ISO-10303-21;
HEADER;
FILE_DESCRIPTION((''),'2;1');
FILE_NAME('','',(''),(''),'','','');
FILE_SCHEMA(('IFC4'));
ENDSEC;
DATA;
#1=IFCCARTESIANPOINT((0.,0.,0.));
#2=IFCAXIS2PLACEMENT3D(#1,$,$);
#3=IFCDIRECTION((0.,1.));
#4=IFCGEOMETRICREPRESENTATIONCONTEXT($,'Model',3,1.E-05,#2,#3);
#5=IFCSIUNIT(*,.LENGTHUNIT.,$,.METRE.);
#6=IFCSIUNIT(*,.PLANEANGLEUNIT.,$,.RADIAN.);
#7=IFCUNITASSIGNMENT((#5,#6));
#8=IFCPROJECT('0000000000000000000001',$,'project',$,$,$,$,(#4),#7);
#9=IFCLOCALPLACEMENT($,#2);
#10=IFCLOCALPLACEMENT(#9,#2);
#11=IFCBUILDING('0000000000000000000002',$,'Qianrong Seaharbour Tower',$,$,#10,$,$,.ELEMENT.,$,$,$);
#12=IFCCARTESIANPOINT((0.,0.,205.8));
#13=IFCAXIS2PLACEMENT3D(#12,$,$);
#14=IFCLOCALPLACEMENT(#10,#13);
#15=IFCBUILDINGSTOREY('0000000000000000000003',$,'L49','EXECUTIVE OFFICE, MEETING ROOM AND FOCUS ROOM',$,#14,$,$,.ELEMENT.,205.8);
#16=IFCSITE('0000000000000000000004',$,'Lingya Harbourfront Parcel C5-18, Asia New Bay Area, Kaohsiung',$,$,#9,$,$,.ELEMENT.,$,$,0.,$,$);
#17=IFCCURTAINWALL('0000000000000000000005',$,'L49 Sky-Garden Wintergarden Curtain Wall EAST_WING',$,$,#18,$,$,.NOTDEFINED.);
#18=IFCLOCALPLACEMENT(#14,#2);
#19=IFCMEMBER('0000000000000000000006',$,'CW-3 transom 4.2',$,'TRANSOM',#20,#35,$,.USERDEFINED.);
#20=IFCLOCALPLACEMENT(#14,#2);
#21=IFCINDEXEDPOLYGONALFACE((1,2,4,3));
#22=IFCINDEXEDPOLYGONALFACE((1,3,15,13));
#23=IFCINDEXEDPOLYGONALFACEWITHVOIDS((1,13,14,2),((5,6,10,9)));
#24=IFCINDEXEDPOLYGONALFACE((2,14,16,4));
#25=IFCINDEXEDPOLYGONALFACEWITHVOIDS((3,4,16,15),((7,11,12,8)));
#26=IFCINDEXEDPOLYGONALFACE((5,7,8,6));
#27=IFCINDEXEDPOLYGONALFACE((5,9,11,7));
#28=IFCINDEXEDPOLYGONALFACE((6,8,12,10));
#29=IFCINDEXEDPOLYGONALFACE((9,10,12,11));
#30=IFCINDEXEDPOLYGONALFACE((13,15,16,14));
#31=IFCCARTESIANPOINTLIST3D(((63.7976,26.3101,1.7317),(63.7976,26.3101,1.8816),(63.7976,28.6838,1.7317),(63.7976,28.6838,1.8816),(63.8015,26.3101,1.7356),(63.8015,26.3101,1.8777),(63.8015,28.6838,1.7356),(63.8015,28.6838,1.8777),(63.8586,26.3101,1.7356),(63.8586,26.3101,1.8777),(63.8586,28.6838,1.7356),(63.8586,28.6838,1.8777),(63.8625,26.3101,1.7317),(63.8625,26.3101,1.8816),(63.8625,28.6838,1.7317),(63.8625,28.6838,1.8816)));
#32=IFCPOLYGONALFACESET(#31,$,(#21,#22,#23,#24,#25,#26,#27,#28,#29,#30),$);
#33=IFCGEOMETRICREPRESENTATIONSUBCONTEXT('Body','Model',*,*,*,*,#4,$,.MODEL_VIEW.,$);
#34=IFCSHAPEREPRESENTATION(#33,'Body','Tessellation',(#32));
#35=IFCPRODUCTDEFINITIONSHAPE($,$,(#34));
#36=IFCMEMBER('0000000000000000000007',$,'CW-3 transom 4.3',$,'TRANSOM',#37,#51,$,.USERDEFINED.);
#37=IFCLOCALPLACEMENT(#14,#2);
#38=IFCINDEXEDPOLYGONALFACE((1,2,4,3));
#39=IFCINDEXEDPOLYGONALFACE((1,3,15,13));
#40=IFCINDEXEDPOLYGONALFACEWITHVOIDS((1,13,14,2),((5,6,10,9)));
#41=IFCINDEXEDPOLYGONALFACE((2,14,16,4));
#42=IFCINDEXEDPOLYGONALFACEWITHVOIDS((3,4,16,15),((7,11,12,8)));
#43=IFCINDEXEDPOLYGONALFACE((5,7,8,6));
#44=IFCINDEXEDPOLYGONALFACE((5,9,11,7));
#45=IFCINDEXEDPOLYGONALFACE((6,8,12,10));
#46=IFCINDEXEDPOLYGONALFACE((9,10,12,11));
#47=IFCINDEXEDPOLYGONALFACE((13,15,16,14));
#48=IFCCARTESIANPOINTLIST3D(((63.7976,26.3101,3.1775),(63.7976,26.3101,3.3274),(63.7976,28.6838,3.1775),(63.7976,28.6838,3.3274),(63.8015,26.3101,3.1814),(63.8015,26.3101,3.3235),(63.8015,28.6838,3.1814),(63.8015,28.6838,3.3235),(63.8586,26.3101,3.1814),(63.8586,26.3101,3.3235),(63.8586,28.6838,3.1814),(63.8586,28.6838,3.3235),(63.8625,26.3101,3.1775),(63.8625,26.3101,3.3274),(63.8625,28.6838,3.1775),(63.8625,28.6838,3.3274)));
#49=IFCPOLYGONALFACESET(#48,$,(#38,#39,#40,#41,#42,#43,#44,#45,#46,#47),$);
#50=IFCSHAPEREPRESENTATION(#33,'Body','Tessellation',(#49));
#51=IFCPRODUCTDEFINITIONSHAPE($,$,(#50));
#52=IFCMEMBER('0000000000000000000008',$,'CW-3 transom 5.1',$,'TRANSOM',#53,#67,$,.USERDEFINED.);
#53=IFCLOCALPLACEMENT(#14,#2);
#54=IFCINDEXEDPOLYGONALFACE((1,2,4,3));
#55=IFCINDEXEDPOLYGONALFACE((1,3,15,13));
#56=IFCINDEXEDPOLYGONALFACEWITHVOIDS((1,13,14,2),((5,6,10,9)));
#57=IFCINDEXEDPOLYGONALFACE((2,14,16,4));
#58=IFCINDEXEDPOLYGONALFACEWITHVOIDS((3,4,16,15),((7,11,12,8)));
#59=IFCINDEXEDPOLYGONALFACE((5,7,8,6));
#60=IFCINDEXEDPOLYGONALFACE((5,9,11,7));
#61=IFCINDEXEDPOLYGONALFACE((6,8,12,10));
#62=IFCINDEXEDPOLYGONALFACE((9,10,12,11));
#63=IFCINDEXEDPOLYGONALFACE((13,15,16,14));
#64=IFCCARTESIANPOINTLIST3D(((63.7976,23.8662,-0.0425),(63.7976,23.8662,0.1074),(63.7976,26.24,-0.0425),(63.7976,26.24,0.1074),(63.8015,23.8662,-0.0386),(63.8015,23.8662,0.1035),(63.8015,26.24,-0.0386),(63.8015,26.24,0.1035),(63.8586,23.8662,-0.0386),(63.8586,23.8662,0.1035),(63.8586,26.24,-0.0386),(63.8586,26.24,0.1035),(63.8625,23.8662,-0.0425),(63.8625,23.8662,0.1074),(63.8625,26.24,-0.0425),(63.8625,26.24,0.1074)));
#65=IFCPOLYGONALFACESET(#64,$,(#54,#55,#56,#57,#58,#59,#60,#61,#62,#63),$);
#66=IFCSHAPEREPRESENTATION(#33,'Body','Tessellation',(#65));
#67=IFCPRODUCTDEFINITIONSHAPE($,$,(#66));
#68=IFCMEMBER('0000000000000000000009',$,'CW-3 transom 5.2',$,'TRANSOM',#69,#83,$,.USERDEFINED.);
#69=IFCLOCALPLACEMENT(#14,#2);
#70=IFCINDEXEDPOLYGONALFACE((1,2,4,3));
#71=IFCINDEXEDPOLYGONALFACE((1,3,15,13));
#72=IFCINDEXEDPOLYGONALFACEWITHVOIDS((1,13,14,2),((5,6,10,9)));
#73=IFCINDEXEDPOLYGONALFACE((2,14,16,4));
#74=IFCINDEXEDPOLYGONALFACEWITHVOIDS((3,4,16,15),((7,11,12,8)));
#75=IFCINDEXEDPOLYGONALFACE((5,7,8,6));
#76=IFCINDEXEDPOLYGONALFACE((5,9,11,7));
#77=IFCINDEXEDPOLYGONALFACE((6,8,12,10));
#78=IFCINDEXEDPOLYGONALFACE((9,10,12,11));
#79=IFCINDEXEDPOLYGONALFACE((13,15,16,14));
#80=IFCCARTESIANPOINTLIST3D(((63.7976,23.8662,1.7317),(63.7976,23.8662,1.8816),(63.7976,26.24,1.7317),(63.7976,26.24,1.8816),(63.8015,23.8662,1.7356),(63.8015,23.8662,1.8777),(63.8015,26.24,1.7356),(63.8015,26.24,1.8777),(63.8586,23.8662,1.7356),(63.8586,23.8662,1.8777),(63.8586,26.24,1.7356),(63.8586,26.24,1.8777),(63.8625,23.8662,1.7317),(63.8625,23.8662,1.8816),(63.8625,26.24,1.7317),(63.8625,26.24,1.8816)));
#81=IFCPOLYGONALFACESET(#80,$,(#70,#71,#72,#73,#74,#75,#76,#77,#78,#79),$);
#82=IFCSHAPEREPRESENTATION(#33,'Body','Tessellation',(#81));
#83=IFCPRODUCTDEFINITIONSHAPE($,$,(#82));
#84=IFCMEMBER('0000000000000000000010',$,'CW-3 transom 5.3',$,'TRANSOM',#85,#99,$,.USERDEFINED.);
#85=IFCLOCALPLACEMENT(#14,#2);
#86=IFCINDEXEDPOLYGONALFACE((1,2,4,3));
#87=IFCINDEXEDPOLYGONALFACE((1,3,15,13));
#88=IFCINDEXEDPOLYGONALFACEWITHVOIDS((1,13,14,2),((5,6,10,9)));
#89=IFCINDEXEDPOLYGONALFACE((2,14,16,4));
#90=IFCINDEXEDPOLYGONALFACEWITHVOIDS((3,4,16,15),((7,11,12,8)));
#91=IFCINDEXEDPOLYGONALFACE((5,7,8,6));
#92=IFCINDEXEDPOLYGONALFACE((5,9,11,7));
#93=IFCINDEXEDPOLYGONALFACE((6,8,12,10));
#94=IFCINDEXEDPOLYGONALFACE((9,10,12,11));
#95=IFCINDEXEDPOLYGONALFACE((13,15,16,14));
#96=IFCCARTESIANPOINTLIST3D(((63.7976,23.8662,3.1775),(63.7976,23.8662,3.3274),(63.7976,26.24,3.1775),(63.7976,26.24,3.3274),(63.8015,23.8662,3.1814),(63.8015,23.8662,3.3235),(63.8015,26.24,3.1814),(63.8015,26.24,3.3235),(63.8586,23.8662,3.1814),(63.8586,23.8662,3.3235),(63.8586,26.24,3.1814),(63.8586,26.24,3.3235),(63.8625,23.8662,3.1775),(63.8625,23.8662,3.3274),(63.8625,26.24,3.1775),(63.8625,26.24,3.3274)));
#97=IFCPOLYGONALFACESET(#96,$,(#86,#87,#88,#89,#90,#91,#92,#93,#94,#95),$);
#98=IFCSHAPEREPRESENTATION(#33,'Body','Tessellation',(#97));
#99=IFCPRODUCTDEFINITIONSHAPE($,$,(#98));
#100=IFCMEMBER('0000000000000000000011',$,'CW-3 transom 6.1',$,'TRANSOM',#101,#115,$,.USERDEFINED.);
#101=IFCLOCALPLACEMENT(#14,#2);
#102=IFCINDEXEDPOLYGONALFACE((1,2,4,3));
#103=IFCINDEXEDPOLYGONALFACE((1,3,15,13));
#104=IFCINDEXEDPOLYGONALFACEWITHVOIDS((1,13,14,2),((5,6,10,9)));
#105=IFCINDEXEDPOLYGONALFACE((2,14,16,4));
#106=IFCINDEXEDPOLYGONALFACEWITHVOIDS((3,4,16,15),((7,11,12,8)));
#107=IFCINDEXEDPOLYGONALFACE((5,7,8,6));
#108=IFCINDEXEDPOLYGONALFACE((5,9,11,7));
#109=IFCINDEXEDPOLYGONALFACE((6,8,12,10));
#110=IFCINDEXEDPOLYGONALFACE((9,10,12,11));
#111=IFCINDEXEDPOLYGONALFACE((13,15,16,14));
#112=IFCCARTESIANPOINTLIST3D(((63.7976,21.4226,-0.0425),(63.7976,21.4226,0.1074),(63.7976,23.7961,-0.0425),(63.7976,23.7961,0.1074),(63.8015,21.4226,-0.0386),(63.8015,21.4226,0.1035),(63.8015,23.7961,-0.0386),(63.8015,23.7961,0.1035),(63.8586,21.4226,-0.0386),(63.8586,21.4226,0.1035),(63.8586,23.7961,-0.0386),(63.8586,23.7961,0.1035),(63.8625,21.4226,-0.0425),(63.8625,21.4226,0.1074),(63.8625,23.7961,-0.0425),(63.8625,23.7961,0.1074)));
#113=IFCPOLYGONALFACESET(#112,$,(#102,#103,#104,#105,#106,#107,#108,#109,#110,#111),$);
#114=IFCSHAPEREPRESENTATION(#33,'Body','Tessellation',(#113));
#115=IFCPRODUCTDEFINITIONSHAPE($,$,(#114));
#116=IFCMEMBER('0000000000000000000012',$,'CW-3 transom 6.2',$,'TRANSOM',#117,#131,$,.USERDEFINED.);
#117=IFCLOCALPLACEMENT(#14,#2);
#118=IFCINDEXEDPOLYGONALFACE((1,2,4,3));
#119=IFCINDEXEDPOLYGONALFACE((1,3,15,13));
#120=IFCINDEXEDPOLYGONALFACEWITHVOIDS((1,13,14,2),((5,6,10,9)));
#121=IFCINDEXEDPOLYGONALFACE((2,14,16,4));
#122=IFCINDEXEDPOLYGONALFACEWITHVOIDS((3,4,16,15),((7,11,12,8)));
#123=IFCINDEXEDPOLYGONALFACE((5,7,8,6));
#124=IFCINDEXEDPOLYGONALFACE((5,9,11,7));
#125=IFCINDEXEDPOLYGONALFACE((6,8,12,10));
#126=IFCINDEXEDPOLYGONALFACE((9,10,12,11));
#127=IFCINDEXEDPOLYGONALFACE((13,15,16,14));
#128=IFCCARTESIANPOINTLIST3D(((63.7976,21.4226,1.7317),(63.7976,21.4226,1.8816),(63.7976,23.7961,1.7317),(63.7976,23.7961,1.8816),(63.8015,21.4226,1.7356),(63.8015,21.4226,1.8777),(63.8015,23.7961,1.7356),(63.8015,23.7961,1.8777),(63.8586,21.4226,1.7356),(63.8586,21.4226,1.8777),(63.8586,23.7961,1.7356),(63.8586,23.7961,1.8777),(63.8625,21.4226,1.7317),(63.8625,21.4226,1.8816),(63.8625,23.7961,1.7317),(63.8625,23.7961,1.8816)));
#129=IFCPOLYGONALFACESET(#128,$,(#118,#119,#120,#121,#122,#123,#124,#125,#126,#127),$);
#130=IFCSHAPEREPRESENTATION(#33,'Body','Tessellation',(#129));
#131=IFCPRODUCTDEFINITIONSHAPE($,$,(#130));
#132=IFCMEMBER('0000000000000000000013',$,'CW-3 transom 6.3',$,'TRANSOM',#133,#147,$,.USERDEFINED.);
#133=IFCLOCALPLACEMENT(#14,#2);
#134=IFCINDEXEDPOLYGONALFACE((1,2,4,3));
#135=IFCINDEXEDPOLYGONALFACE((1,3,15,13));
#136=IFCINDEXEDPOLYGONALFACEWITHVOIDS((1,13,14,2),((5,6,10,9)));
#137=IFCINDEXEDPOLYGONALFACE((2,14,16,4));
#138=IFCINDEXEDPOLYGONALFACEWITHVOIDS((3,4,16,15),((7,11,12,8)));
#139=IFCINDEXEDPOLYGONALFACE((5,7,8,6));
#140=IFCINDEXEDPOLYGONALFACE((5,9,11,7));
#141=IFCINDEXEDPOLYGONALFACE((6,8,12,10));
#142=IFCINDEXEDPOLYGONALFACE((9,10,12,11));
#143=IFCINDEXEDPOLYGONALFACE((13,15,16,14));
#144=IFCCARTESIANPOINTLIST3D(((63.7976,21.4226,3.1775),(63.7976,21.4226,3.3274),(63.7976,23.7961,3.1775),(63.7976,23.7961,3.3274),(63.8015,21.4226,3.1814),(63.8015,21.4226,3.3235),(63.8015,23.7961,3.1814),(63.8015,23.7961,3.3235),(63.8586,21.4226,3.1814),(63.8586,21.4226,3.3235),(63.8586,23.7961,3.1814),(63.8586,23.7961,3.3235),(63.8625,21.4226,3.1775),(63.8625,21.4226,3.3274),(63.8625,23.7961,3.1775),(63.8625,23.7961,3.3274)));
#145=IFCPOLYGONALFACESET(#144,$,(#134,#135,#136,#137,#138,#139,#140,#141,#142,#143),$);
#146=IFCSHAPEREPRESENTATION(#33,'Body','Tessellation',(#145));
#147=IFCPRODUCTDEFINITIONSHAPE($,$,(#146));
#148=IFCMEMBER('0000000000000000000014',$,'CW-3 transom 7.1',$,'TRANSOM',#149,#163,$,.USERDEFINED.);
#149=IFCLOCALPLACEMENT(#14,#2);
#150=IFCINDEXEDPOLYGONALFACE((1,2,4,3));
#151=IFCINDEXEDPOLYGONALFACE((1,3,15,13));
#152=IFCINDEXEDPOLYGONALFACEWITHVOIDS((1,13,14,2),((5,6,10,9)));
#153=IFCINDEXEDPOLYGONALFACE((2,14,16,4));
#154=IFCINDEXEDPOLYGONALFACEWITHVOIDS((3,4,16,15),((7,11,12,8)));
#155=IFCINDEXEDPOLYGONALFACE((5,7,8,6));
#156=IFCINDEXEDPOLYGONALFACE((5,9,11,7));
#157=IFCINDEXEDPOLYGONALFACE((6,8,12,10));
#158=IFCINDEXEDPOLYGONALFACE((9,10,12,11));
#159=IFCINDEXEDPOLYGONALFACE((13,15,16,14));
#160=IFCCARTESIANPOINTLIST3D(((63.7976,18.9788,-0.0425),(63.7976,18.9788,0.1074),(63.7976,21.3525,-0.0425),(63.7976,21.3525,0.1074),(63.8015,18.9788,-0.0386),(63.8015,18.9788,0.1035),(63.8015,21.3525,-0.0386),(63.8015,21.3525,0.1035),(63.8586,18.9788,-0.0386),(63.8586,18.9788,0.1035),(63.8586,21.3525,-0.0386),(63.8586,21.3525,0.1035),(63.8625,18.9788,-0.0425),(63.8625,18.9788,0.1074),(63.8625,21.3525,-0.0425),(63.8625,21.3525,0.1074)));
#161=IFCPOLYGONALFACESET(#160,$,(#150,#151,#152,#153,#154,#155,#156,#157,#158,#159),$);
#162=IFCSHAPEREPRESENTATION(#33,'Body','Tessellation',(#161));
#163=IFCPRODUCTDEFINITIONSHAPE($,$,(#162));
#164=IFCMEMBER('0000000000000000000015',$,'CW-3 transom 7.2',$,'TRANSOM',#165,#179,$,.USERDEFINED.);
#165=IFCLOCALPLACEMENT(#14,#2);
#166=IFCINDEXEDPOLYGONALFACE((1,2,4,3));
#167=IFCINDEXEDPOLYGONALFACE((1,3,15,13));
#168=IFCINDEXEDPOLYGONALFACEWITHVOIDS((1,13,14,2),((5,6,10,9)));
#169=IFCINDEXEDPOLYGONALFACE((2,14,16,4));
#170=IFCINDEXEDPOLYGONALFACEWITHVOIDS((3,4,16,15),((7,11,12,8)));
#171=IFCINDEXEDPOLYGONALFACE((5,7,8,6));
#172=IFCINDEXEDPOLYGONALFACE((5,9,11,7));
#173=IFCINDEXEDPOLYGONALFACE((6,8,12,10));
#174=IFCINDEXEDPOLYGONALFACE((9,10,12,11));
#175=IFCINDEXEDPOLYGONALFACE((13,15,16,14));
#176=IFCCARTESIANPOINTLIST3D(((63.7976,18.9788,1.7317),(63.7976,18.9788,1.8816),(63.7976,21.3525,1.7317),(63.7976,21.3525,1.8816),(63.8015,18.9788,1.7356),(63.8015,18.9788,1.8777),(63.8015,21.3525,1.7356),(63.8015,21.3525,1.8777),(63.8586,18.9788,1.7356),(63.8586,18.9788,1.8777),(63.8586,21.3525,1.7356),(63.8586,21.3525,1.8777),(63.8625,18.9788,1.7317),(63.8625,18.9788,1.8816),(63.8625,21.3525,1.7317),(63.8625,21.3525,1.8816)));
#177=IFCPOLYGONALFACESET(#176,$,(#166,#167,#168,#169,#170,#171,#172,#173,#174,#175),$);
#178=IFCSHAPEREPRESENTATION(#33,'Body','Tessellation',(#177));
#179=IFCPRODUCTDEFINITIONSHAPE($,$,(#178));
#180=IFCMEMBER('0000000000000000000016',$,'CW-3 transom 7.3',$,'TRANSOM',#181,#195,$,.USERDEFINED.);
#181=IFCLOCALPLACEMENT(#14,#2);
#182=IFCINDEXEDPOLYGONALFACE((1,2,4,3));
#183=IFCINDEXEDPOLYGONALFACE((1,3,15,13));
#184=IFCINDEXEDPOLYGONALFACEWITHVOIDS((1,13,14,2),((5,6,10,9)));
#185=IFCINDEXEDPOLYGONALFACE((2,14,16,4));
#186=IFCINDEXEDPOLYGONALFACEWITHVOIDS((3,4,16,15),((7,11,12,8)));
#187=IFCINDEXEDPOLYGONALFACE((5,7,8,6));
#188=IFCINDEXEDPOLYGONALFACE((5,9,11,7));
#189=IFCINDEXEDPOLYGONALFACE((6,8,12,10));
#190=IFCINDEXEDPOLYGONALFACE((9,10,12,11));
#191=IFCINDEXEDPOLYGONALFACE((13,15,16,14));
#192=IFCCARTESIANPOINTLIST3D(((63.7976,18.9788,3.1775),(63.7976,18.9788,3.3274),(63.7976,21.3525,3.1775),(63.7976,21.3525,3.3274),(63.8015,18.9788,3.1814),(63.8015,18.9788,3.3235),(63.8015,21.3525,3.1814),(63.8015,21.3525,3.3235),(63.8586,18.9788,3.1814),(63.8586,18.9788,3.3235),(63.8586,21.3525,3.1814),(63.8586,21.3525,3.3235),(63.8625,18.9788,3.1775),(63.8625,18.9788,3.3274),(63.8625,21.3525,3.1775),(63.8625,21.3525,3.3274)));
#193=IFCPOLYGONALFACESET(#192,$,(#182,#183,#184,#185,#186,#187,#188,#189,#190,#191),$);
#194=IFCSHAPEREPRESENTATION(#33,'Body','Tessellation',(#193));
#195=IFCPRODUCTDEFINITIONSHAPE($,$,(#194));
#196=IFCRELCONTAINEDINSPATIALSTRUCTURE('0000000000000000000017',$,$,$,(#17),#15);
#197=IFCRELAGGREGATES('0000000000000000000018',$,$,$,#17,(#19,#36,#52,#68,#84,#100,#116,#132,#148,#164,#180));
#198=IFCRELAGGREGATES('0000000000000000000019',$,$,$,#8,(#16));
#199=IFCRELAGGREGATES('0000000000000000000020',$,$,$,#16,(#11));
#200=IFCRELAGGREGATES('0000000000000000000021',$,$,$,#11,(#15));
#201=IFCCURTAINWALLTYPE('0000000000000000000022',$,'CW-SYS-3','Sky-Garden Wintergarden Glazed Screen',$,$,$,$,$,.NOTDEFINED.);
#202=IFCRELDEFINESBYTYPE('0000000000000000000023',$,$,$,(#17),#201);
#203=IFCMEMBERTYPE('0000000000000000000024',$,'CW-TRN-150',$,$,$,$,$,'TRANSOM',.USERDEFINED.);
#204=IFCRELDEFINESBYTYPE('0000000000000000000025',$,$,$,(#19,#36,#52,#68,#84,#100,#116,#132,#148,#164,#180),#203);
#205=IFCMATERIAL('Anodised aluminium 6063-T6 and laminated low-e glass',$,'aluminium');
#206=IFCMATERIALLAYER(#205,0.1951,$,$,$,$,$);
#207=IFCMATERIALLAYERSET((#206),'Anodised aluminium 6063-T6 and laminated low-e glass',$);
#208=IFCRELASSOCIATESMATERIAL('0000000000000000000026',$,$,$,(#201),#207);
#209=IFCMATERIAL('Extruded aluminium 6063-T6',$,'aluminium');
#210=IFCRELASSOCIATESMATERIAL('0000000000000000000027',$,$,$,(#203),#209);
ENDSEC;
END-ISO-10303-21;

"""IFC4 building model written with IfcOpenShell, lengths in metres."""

from ifc_helpers import new_model, si_unit, direction, frame, origin, origin_2d, place, context, subcontext, project, spatial, hollow_rectangle, extrude, material, layer, layer_set, material_profile, profile_set, type_object, element, aggregate, save


model = new_model("IFC4")

# Units and contexts
model_context = context("Model", 3, precision=1e-05, world=origin(), true_north=direction((0.0, 1.0)))
body_context = subcontext(model_context, "Body", "Model", "MODEL_VIEW")
ifc_project = project(units=[si_unit("LENGTHUNIT", "METRE"), si_unit("PLANEANGLEUNIT", "RADIAN")], contexts=[model_context])

# Site, building, storey
site_placement = place(None, origin())
site = spatial("IfcSite", under=ifc_project, at=site_placement, Name="Lingya Harbourfront Parcel C5-18, Asia New Bay Area, Kaohsiung", CompositionType="ELEMENT", RefElevation=0.0)
building_placement = place(site_placement, origin())
building = spatial("IfcBuilding", under=site, at=building_placement, Name="Qianrong Seaharbour Tower", CompositionType="ELEMENT")
storey_placement = place(building_placement, frame((0.0, 0.0, 205.8)))
storey = spatial("IfcBuildingStorey", under=building, at=storey_placement, Name="L49", Description="EXECUTIVE OFFICE, MEETING ROOM AND FOCUS ROOM", CompositionType="ELEMENT", Elevation=205.8)

# Curtain wall, members
ifc_material_1 = material(Name="Anodised aluminium 6063-T6 and laminated low-e glass", Category="aluminium")
ifc_layer_1 = layer(ifc_material_1, 0.1951)
ifc_layer_set_1 = layer_set([ifc_layer_1], Name="Anodised aluminium 6063-T6 and laminated low-e glass")
curtain_wall_type = type_object("IfcCurtainWallType", Name="CW-SYS-3", Description="Sky-Garden Wintergarden Glazed Screen", PredefinedType="NOTDEFINED", material=ifc_layer_set_1)
curtain_wall_placement = place(storey_placement, origin())
curtain_wall = element("IfcCurtainWall", 1, at=curtain_wall_placement, inside=storey, type_object=curtain_wall_type, Name="L49 Sky-Garden Wintergarden Curtain Wall EAST_WING", PredefinedType="NOTDEFINED")
ifc_material_2 = material(Name="Extruded aluminium 6063-T6", Category="aluminium")
ifc_material_profile_1 = material_profile(ifc_material_2, hollow_rectangle(XDim=0.0649, YDim=0.1499, WallThickness=0.0039, at=origin_2d()), Name="ALU-TRN-150x65x4")
ifc_profile_set_1 = profile_set([ifc_material_profile_1], Name="Extruded aluminium 6063-T6")
member_type_1 = type_object("IfcMemberType", Name="CW-TRN-150", ElementType="TRANSOM", PredefinedType="USERDEFINED", material=ifc_profile_set_1)
member_1_placement = place(storey_placement, frame((63.8301, 28.6838, 1.8066), z_axis=(0.0, -1.0, 0.0), x_axis=(1.0, 0.0, 0.0)))
member_1 = element("IfcMember", 2, at=member_1_placement, type_object=member_type_1, Name="CW-3 transom 4.2", ObjectType="TRANSOM", PredefinedType="USERDEFINED", context=body_context, shape_type="SweptSolid", body=[
    extrude(hollow_rectangle(XDim=0.0649, YDim=0.1499, WallThickness=0.0039, at=origin_2d()), origin(), (0.0, 0.0, 1.0), 2.3738),
])
member_2_placement = place(storey_placement, frame((63.8301, 28.6838, 3.2524), z_axis=(0.0, -1.0, 0.0), x_axis=(1.0, 0.0, 0.0)))
member_2 = element("IfcMember", 3, at=member_2_placement, type_object=member_type_1, Name="CW-3 transom 4.3", ObjectType="TRANSOM", PredefinedType="USERDEFINED", context=body_context, shape_type="SweptSolid", body=[
    extrude(hollow_rectangle(XDim=0.0649, YDim=0.1499, WallThickness=0.0039, at=origin_2d()), origin(), (0.0, 0.0, 1.0), 2.3738),
])
member_3_placement = place(storey_placement, frame((63.8301, 26.24, 0.0325), z_axis=(0.0, -1.0, 0.0), x_axis=(1.0, 0.0, 0.0)))
member_3 = element("IfcMember", 4, at=member_3_placement, type_object=member_type_1, Name="CW-3 transom 5.1", ObjectType="TRANSOM", PredefinedType="USERDEFINED", context=body_context, shape_type="SweptSolid", body=[
    extrude(hollow_rectangle(XDim=0.0649, YDim=0.1499, WallThickness=0.0039, at=origin_2d()), origin(), (0.0, 0.0, 1.0), 2.3738),
])
member_4_placement = place(storey_placement, frame((63.8301, 26.24, 1.8066), z_axis=(0.0, -1.0, 0.0), x_axis=(1.0, 0.0, 0.0)))
member_4 = element("IfcMember", 5, at=member_4_placement, type_object=member_type_1, Name="CW-3 transom 5.2", ObjectType="TRANSOM", PredefinedType="USERDEFINED", context=body_context, shape_type="SweptSolid", body=[
    extrude(hollow_rectangle(XDim=0.0649, YDim=0.1499, WallThickness=0.0039, at=origin_2d()), origin(), (0.0, 0.0, 1.0), 2.3738),
])
member_5_placement = place(storey_placement, frame((63.8301, 26.24, 3.2524), z_axis=(0.0, -1.0, 0.0), x_axis=(1.0, 0.0, 0.0)))
member_5 = element("IfcMember", 6, at=member_5_placement, type_object=member_type_1, Name="CW-3 transom 5.3", ObjectType="TRANSOM", PredefinedType="USERDEFINED", context=body_context, shape_type="SweptSolid", body=[
    extrude(hollow_rectangle(XDim=0.0649, YDim=0.1499, WallThickness=0.0039, at=origin_2d()), origin(), (0.0, 0.0, 1.0), 2.3738),
])
member_6_placement = place(storey_placement, frame((63.8301, 23.7961, 0.0325), z_axis=(0.0, -1.0, 0.0), x_axis=(1.0, 0.0, 0.0)))
member_6 = element("IfcMember", 7, at=member_6_placement, type_object=member_type_1, Name="CW-3 transom 6.1", ObjectType="TRANSOM", PredefinedType="USERDEFINED", context=body_context, shape_type="SweptSolid", body=[
    extrude(hollow_rectangle(XDim=0.0649, YDim=0.1499, WallThickness=0.0039, at=origin_2d()), origin(), (0.0, 0.0, 1.0), 2.3735),
])
member_7_placement = place(storey_placement, frame((63.8301, 23.7961, 1.8066), z_axis=(0.0, -1.0, 0.0), x_axis=(1.0, 0.0, 0.0)))
member_7 = element("IfcMember", 8, at=member_7_placement, type_object=member_type_1, Name="CW-3 transom 6.2", ObjectType="TRANSOM", PredefinedType="USERDEFINED", context=body_context, shape_type="SweptSolid", body=[
    extrude(hollow_rectangle(XDim=0.0649, YDim=0.1499, WallThickness=0.0039, at=origin_2d()), origin(), (0.0, 0.0, 1.0), 2.3735),
])
member_8_placement = place(storey_placement, frame((63.8301, 23.7961, 3.2524), z_axis=(0.0, -1.0, 0.0), x_axis=(1.0, 0.0, 0.0)))
member_8 = element("IfcMember", 9, at=member_8_placement, type_object=member_type_1, Name="CW-3 transom 6.3", ObjectType="TRANSOM", PredefinedType="USERDEFINED", context=body_context, shape_type="SweptSolid", body=[
    extrude(hollow_rectangle(XDim=0.0649, YDim=0.1499, WallThickness=0.0039, at=origin_2d()), origin(), (0.0, 0.0, 1.0), 2.3735),
])
member_9_placement = place(storey_placement, frame((63.8301, 21.3525, 0.0325), z_axis=(0.0, -1.0, 0.0), x_axis=(1.0, 0.0, 0.0)))
member_9 = element("IfcMember", 10, at=member_9_placement, type_object=member_type_1, Name="CW-3 transom 7.1", ObjectType="TRANSOM", PredefinedType="USERDEFINED", context=body_context, shape_type="SweptSolid", body=[
    extrude(hollow_rectangle(XDim=0.0649, YDim=0.1499, WallThickness=0.0039, at=origin_2d()), origin(), (0.0, 0.0, 1.0), 2.3738),
])
member_10_placement = place(storey_placement, frame((63.8301, 21.3525, 1.8066), z_axis=(0.0, -1.0, 0.0), x_axis=(1.0, 0.0, 0.0)))
member_10 = element("IfcMember", 11, at=member_10_placement, type_object=member_type_1, Name="CW-3 transom 7.2", ObjectType="TRANSOM", PredefinedType="USERDEFINED", context=body_context, shape_type="SweptSolid", body=[
    extrude(hollow_rectangle(XDim=0.0649, YDim=0.1499, WallThickness=0.0039, at=origin_2d()), origin(), (0.0, 0.0, 1.0), 2.3738),
])
member_11_placement = place(storey_placement, frame((63.8301, 21.3525, 3.2524), z_axis=(0.0, -1.0, 0.0), x_axis=(1.0, 0.0, 0.0)))
member_11 = element("IfcMember", 12, at=member_11_placement, type_object=member_type_1, Name="CW-3 transom 7.3", ObjectType="TRANSOM", PredefinedType="USERDEFINED", context=body_context, shape_type="SweptSolid", body=[
    extrude(hollow_rectangle(XDim=0.0649, YDim=0.1499, WallThickness=0.0039, at=origin_2d()), origin(), (0.0, 0.0, 1.0), 2.3738),
])
aggregate(curtain_wall, [member_1, member_2, member_3, member_4, member_5, member_6, member_7, member_8, member_9, member_10, member_11])

save(model, "model.ifc")
